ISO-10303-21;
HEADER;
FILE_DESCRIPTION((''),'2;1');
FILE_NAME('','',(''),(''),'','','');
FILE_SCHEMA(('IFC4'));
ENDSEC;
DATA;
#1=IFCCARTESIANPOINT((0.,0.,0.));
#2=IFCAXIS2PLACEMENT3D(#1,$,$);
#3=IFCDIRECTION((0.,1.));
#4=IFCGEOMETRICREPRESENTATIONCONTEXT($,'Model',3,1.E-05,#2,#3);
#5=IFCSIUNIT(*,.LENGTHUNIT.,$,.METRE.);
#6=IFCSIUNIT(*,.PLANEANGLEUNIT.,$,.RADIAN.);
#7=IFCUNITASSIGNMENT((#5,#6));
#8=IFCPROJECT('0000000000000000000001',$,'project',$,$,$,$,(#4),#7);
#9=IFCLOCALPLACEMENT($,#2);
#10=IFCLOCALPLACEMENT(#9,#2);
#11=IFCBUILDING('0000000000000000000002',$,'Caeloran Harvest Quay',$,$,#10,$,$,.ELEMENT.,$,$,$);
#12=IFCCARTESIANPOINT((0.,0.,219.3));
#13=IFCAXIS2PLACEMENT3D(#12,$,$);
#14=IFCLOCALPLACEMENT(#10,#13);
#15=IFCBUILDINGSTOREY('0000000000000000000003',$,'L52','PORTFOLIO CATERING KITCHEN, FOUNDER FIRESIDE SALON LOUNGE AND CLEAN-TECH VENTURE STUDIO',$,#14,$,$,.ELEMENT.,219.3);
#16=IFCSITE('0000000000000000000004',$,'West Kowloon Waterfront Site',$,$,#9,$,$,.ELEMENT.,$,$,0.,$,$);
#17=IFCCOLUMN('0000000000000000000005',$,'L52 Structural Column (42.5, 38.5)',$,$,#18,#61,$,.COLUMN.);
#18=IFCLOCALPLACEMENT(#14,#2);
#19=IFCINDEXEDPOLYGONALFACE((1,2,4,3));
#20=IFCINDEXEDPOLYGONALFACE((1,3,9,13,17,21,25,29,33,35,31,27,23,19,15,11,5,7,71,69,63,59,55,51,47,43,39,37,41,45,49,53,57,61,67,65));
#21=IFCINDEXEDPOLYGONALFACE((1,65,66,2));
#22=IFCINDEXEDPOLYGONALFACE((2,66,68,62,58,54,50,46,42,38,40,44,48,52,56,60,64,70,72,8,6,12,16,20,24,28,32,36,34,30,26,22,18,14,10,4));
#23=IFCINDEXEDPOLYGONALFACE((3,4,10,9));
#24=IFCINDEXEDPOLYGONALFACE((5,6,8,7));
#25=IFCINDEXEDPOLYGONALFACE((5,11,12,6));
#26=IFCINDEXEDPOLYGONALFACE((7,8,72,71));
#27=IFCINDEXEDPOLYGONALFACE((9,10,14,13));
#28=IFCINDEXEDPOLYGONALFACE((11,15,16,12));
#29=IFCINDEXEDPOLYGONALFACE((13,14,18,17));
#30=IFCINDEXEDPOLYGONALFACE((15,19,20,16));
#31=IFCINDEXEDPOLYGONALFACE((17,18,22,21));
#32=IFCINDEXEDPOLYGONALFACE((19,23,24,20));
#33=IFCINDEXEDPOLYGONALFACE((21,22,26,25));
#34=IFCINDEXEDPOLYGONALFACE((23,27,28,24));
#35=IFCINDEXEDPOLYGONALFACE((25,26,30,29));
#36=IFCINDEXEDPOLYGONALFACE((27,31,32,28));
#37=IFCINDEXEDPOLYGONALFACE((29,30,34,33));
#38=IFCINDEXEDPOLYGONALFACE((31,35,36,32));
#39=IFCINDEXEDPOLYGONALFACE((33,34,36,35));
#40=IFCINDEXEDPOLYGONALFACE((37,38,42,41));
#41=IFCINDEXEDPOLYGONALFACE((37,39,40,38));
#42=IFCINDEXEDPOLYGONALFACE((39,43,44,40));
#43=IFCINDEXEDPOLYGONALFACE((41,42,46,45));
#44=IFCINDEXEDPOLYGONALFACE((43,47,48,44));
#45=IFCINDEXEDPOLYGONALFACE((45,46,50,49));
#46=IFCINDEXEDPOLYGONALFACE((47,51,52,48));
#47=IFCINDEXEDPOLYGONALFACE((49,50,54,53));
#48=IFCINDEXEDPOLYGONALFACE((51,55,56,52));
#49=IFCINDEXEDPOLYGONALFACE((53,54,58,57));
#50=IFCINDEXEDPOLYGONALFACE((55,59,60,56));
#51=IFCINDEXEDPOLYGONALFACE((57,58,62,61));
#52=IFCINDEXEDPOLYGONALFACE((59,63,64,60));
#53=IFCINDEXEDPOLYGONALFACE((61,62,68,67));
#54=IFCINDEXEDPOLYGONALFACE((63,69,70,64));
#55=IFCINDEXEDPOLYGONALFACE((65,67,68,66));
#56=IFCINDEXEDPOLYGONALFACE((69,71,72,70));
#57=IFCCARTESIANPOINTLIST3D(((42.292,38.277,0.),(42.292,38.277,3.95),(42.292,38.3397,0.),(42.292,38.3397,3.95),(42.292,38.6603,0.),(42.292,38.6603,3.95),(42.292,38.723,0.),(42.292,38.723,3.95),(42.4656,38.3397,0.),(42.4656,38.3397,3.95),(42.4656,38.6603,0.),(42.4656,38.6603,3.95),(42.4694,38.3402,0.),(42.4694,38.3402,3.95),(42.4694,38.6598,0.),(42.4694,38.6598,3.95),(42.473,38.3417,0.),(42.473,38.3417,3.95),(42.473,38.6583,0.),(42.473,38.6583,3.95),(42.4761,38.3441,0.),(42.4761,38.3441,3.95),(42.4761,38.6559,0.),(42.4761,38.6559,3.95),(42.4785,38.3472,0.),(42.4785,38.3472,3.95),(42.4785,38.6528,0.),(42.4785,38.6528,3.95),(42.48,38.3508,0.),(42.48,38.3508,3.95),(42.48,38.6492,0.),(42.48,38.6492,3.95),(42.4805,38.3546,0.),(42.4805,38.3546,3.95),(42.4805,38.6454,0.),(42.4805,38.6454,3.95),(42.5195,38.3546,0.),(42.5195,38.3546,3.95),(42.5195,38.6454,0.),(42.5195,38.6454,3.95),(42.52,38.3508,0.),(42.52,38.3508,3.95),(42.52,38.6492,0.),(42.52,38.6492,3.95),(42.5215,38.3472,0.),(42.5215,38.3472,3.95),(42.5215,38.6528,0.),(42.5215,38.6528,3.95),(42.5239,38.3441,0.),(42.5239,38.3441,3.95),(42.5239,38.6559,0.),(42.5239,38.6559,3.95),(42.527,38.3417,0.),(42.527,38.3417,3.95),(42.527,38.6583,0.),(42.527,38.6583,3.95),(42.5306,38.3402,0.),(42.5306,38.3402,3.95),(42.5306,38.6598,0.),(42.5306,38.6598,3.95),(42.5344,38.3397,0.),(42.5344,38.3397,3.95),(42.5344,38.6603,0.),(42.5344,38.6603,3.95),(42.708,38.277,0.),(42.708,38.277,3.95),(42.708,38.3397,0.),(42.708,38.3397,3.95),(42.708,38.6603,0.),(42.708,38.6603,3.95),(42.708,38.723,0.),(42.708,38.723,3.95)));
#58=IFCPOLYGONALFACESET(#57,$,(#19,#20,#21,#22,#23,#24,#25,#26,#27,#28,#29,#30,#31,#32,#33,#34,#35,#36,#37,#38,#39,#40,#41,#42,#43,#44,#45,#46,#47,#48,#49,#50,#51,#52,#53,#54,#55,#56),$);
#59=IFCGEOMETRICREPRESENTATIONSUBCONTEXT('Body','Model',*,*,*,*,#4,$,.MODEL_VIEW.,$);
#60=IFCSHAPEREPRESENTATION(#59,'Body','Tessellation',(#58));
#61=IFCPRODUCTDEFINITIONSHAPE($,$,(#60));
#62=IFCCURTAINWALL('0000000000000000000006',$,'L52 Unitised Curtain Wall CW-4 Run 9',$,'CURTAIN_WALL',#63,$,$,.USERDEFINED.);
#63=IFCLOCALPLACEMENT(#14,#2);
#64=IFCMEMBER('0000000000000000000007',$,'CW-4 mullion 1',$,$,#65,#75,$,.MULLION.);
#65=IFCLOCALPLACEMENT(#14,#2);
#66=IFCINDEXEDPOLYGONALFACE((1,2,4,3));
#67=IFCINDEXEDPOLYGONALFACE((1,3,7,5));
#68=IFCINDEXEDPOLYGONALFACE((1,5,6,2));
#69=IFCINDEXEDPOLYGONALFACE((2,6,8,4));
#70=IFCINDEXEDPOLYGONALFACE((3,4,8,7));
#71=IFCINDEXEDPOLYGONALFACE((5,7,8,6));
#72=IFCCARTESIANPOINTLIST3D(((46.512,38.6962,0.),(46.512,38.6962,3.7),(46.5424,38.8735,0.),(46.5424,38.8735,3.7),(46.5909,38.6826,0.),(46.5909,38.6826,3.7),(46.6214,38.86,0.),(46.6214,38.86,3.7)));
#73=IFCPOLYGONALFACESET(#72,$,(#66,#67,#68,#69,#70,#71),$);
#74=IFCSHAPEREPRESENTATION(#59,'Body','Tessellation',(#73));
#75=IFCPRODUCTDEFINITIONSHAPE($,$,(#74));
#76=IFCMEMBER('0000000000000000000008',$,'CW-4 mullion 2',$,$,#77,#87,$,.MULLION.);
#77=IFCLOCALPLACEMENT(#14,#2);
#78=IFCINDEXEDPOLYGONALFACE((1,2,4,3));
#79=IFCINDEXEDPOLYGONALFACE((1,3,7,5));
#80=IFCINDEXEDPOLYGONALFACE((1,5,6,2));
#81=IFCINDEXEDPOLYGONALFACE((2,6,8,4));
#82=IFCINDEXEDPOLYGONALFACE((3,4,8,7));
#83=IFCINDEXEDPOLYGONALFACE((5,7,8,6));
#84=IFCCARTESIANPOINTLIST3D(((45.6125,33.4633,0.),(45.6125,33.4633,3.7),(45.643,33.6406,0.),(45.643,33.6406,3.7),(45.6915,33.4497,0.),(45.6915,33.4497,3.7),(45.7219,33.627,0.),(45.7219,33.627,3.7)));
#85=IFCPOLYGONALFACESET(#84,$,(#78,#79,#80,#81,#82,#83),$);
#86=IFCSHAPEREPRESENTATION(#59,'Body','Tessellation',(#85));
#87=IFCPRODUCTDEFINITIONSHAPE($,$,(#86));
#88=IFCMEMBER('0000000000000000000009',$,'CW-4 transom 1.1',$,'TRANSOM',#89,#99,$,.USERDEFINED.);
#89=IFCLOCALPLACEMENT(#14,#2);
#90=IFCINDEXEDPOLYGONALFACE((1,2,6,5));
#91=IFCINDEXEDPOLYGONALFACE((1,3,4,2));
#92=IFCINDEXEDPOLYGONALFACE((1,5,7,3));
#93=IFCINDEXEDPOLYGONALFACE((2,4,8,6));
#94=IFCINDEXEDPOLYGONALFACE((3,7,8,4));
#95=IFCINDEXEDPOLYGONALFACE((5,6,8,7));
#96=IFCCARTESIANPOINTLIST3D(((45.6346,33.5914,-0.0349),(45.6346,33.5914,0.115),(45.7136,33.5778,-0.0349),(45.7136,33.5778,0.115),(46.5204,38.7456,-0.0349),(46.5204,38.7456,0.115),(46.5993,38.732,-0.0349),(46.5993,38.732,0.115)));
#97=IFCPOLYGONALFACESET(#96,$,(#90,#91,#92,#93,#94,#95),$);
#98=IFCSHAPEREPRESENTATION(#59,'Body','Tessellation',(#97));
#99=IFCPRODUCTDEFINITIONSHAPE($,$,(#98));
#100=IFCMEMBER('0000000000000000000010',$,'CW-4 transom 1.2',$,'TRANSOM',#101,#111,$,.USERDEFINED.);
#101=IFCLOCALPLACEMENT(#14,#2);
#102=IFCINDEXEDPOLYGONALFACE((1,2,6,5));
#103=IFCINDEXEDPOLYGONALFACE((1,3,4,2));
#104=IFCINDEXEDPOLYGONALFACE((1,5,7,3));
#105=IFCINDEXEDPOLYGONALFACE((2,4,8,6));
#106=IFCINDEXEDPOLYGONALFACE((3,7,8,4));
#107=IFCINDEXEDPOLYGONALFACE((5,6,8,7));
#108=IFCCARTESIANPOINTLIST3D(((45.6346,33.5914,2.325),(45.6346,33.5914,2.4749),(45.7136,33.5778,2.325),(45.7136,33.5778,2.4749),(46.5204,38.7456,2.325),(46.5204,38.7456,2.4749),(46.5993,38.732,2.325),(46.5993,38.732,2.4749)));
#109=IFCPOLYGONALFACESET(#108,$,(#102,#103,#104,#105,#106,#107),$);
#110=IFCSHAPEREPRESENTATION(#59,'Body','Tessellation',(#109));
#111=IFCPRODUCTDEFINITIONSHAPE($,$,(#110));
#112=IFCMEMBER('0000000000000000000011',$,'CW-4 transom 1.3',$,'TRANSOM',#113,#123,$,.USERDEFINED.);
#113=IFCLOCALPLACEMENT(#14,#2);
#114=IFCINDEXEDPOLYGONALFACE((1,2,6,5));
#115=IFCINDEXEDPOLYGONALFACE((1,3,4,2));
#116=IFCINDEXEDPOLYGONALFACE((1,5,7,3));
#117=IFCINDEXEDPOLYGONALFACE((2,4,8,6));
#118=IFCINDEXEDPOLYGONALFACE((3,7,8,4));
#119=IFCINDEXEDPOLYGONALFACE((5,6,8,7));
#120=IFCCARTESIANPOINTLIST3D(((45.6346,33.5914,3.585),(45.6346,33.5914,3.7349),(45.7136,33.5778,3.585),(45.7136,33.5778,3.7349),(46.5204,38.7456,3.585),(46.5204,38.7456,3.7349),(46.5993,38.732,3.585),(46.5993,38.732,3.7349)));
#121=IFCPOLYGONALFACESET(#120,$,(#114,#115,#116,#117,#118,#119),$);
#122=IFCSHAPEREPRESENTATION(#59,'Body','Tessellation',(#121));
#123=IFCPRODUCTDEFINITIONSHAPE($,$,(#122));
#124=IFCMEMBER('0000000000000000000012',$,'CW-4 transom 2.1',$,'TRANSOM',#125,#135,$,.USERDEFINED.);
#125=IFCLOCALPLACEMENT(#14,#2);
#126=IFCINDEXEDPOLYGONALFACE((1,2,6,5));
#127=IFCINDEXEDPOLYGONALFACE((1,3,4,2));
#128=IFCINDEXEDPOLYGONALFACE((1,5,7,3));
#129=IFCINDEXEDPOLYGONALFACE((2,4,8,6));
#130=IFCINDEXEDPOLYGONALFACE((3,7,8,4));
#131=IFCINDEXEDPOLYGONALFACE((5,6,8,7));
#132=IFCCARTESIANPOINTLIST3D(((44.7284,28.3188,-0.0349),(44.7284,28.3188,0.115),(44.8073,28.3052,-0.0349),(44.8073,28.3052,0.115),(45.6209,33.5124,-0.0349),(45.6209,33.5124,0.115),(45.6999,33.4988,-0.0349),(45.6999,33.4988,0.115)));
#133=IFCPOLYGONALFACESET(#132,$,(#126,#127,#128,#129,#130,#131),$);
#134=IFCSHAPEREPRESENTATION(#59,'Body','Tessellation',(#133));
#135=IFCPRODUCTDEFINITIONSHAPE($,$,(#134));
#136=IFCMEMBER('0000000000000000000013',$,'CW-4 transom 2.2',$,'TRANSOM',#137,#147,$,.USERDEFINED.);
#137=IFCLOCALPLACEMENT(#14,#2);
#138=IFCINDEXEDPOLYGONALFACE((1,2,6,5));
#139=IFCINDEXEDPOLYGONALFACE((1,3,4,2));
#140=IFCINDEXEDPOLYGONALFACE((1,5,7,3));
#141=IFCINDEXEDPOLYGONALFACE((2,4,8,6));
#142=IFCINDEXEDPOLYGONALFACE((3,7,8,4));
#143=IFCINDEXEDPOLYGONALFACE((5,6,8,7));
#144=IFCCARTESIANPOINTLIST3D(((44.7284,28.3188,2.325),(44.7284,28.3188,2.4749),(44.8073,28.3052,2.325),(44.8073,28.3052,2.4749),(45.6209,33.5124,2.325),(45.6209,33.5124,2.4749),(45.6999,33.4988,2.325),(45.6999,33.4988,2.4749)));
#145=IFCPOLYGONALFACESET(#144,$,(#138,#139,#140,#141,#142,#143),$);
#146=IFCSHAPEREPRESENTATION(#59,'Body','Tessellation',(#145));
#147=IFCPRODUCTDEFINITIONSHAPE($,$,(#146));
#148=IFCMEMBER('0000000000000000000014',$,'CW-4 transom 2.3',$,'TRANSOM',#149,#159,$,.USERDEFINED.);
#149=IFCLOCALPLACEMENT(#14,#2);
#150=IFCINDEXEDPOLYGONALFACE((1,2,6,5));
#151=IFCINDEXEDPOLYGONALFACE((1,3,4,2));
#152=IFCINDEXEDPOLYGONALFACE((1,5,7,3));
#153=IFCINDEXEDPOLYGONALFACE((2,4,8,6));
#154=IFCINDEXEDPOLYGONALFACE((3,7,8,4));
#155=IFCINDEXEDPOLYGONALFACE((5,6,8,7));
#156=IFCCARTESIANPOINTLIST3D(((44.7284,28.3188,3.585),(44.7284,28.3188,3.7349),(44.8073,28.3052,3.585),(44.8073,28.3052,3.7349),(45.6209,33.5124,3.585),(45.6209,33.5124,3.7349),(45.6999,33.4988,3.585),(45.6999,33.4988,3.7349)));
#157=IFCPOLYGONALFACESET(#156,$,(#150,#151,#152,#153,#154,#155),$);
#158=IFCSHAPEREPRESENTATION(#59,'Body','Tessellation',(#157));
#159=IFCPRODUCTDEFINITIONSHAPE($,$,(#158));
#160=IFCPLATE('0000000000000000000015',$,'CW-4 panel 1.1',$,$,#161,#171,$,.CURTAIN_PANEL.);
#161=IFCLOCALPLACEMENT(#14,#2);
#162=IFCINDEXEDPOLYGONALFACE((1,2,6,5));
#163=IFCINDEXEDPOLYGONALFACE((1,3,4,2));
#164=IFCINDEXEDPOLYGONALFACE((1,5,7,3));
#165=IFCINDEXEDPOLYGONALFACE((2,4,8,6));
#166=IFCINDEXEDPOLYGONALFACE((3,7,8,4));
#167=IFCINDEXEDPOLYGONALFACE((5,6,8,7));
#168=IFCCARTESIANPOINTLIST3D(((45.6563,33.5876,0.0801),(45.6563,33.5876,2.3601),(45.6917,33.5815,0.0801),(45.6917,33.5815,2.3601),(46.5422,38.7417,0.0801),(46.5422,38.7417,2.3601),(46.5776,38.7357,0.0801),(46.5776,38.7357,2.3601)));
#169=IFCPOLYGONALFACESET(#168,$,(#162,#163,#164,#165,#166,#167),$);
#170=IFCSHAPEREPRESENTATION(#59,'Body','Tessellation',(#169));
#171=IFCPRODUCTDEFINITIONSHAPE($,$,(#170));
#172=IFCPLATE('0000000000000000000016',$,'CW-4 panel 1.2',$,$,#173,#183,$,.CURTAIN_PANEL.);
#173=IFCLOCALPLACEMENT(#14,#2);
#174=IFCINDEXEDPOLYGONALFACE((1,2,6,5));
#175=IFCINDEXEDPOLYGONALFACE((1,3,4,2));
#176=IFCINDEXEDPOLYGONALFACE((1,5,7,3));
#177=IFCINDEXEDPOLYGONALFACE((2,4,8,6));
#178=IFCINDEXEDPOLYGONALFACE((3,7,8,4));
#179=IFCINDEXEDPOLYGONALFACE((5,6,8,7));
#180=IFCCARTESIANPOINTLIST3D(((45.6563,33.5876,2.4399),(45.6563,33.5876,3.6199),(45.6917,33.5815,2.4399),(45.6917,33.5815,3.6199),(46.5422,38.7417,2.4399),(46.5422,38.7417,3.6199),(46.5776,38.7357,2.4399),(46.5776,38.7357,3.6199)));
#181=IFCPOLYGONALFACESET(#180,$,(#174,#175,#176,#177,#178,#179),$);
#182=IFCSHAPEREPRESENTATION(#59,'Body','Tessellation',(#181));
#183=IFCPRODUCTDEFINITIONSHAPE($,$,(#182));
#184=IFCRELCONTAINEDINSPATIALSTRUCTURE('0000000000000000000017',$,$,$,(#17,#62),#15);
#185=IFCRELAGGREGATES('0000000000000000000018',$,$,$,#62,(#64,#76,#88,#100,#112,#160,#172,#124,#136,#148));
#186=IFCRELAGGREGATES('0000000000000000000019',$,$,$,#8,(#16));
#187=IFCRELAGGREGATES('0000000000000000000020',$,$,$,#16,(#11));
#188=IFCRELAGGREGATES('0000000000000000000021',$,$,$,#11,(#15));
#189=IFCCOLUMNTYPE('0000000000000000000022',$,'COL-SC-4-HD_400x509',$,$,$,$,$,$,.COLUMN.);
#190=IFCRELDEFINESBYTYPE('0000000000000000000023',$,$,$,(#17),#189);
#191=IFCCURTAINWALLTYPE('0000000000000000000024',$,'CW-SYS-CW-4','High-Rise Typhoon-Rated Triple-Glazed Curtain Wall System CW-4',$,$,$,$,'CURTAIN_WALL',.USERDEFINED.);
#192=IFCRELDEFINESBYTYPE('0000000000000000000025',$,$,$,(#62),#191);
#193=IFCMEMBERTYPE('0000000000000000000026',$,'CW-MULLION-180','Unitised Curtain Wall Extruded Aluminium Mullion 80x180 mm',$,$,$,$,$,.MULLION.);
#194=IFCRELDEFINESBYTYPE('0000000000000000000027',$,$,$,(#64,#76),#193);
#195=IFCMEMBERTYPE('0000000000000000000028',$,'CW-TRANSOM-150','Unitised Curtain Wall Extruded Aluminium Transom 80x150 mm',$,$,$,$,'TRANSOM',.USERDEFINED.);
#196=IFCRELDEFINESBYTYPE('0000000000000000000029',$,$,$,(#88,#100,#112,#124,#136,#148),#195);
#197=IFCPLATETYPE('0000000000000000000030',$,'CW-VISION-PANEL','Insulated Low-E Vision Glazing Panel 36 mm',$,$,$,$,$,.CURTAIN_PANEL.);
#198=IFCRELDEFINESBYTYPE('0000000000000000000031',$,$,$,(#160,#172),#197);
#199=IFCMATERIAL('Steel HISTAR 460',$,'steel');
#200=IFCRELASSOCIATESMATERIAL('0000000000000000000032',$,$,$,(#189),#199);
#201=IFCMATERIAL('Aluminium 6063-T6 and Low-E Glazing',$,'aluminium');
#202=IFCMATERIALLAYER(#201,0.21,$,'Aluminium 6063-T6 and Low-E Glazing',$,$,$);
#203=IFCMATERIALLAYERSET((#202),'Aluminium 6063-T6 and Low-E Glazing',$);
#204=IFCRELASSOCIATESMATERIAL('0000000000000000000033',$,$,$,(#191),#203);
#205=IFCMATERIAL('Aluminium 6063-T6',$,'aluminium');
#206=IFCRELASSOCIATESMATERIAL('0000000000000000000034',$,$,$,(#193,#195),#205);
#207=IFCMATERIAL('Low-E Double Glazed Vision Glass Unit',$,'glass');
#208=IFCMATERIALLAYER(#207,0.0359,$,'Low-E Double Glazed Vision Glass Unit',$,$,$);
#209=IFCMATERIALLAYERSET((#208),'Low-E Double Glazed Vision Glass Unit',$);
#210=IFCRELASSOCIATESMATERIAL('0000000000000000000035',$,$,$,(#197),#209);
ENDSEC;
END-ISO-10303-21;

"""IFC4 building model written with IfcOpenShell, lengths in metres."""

from ifc_helpers import new_model, si_unit, direction, frame, origin, origin_2d, place, context, subcontext, project, spatial, rectangle, i_section, extrude, material, layer, layer_set, material_profile, profile_set, type_object, element, aggregate, save


model = new_model("IFC4")

# Units and contexts
model_context = context("Model", 3, precision=1e-05, world=origin(), true_north=direction((0.0, 1.0)))
body_context = subcontext(model_context, "Body", "Model", "MODEL_VIEW")
ifc_project = project(units=[si_unit("LENGTHUNIT", "METRE"), si_unit("PLANEANGLEUNIT", "RADIAN")], contexts=[model_context])

# Site, building, storey
site_placement = place(None, origin())
site = spatial("IfcSite", under=ifc_project, at=site_placement, Name="West Kowloon Waterfront Site", CompositionType="ELEMENT", RefElevation=0.0)
building_placement = place(site_placement, origin())
building = spatial("IfcBuilding", under=site, at=building_placement, Name="Caeloran Harvest Quay", CompositionType="ELEMENT")
storey_placement = place(building_placement, frame((0.0, 0.0, 219.3)))
storey = spatial("IfcBuildingStorey", under=building, at=storey_placement, Name="L52", Description="PORTFOLIO CATERING KITCHEN, FOUNDER FIRESIDE SALON LOUNGE AND CLEAN-TECH VENTURE STUDIO", CompositionType="ELEMENT", Elevation=219.3)

# Column
ifc_material_1 = material(Name="Steel HISTAR 460", Category="steel")
ifc_material_profile_1 = material_profile(ifc_material_1, i_section(OverallWidth=0.416, OverallDepth=0.446, WebThickness=0.0391, FlangeThickness=0.0627, FilletRadius=0.0149, at=origin_2d()), Name="HD 400x509")
ifc_profile_set_1 = profile_set([ifc_material_profile_1], Name="Steel HISTAR 460")
column_type = type_object("IfcColumnType", Name="COL-SC-4-HD_400x509", PredefinedType="COLUMN", material=ifc_profile_set_1)
column_placement = place(storey_placement, frame((42.5, 38.5, 0.0), z_axis=(0.0, 0.0, 1.0), x_axis=(1.0, 0.0, 0.0)))
element("IfcColumn", 1, at=column_placement, inside=storey, type_object=column_type, Name="L52 Structural Column (42.5, 38.5)", PredefinedType="COLUMN", context=body_context, shape_type="SweptSolid", body=[
    extrude(i_section(OverallWidth=0.416, OverallDepth=0.446, WebThickness=0.0391, FlangeThickness=0.0627, FilletRadius=0.0149, at=origin_2d()), origin(), (0.0, 0.0, 1.0), 3.95),
])

# Curtain wall, members, plates
ifc_material_2 = material(Name="Aluminium 6063-T6 and Low-E Glazing", Category="aluminium")
ifc_layer_1 = layer(ifc_material_2, 0.21, Name="Aluminium 6063-T6 and Low-E Glazing")
ifc_layer_set_1 = layer_set([ifc_layer_1], Name="Aluminium 6063-T6 and Low-E Glazing")
curtain_wall_type = type_object("IfcCurtainWallType", Name="CW-SYS-CW-4", Description="High-Rise Typhoon-Rated Triple-Glazed Curtain Wall System CW-4", ElementType="CURTAIN_WALL", PredefinedType="USERDEFINED", material=ifc_layer_set_1)
curtain_wall_placement = place(storey_placement, origin())
curtain_wall = element("IfcCurtainWall", 2, at=curtain_wall_placement, inside=storey, type_object=curtain_wall_type, Name="L52 Unitised Curtain Wall CW-4 Run 9", ObjectType="CURTAIN_WALL", PredefinedType="USERDEFINED")
ifc_material_3 = material(Name="Aluminium 6063-T6", Category="aluminium")
ifc_material_profile_2 = material_profile(ifc_material_3, rectangle(XDim=0.0801, YDim=0.1799, at=origin_2d()), Name="CW-MULLION-180")
ifc_profile_set_2 = profile_set([ifc_material_profile_2], Name="Aluminium 6063-T6")
member_type_1 = type_object("IfcMemberType", Name="CW-MULLION-180", Description="Unitised Curtain Wall Extruded Aluminium Mullion 80x180 mm", PredefinedType="MULLION", material=ifc_profile_set_2)
member_1_placement = place(storey_placement, frame((46.5667, 38.7781, 0.0), z_axis=(0.0, 0.0, 1.0), x_axis=(0.985549, -0.169391, 0.0)))
member_1 = element("IfcMember", 3, at=member_1_placement, type_object=member_type_1, Name="CW-4 mullion 1", PredefinedType="MULLION", context=body_context, shape_type="SweptSolid", body=[
    extrude(rectangle(XDim=0.0801, YDim=0.1799, at=origin_2d()), origin(), (0.0, 0.0, 1.0), 3.7),
])
member_2_placement = place(storey_placement, frame((45.6672, 33.5452, 0.0), z_axis=(0.0, 0.0, 1.0), x_axis=(0.985549, -0.169391, 0.0)))
member_2 = element("IfcMember", 4, at=member_2_placement, type_object=member_type_1, Name="CW-4 mullion 2", PredefinedType="MULLION", context=body_context, shape_type="SweptSolid", body=[
    extrude(rectangle(XDim=0.0801, YDim=0.1799, at=origin_2d()), origin(), (0.0, 0.0, 1.0), 3.7),
])
ifc_material_profile_3 = material_profile(ifc_material_3, rectangle(XDim=0.0801, YDim=0.1499, at=origin_2d()), Name="CW-TRANSOM-150")
ifc_profile_set_3 = profile_set([ifc_material_profile_3], Name="Aluminium 6063-T6")
member_type_2 = type_object("IfcMemberType", Name="CW-TRANSOM-150", Description="Unitised Curtain Wall Extruded Aluminium Transom 80x150 mm", ElementType="TRANSOM", PredefinedType="USERDEFINED", material=ifc_profile_set_3)
member_3_placement = place(storey_placement, frame((46.5598, 38.7388, 0.04), z_axis=(-0.169363, -0.985554, 0.0), x_axis=(0.985554, -0.169363, 0.0)))
member_3 = element("IfcMember", 5, at=member_3_placement, type_object=member_type_2, Name="CW-4 transom 1.1", ObjectType="TRANSOM", PredefinedType="USERDEFINED", context=body_context, shape_type="SweptSolid", body=[
    extrude(rectangle(XDim=0.0801, YDim=0.1499, at=origin_2d()), origin(), (0.0, 0.0, 1.0), 5.2297),
])
member_4_placement = place(storey_placement, frame((46.5598, 38.7388, 2.3999), z_axis=(-0.169363, -0.985554, 0.0), x_axis=(0.985554, -0.169363, 0.0)))
member_4 = element("IfcMember", 6, at=member_4_placement, type_object=member_type_2, Name="CW-4 transom 1.2", ObjectType="TRANSOM", PredefinedType="USERDEFINED", context=body_context, shape_type="SweptSolid", body=[
    extrude(rectangle(XDim=0.0801, YDim=0.1499, at=origin_2d()), origin(), (0.0, 0.0, 1.0), 5.2297),
])
member_5_placement = place(storey_placement, frame((46.5598, 38.7388, 3.6599), z_axis=(-0.169363, -0.985554, 0.0), x_axis=(0.985554, -0.169363, 0.0)))
member_5 = element("IfcMember", 7, at=member_5_placement, type_object=member_type_2, Name="CW-4 transom 1.3", ObjectType="TRANSOM", PredefinedType="USERDEFINED", context=body_context, shape_type="SweptSolid", body=[
    extrude(rectangle(XDim=0.0801, YDim=0.1499, at=origin_2d()), origin(), (0.0, 0.0, 1.0), 5.2297),
])
member_6_placement = place(storey_placement, frame((45.6604, 33.5056, 0.04), z_axis=(-0.169378, -0.985551, 0.0), x_axis=(0.985551, -0.169378, 0.0)))
member_6 = element("IfcMember", 8, at=member_6_placement, type_object=member_type_2, Name="CW-4 transom 2.1", ObjectType="TRANSOM", PredefinedType="USERDEFINED", context=body_context, shape_type="SweptSolid", body=[
    extrude(rectangle(XDim=0.0801, YDim=0.1499, at=origin_2d()), origin(), (0.0, 0.0, 1.0), 5.2698),
])
member_7_placement = place(storey_placement, frame((45.6604, 33.5056, 2.3999), z_axis=(-0.169378, -0.985551, 0.0), x_axis=(0.985551, -0.169378, 0.0)))
member_7 = element("IfcMember", 9, at=member_7_placement, type_object=member_type_2, Name="CW-4 transom 2.2", ObjectType="TRANSOM", PredefinedType="USERDEFINED", context=body_context, shape_type="SweptSolid", body=[
    extrude(rectangle(XDim=0.0801, YDim=0.1499, at=origin_2d()), origin(), (0.0, 0.0, 1.0), 5.2698),
])
member_8_placement = place(storey_placement, frame((45.6604, 33.5056, 3.6599), z_axis=(-0.169378, -0.985551, 0.0), x_axis=(0.985551, -0.169378, 0.0)))
member_8 = element("IfcMember", 10, at=member_8_placement, type_object=member_type_2, Name="CW-4 transom 2.3", ObjectType="TRANSOM", PredefinedType="USERDEFINED", context=body_context, shape_type="SweptSolid", body=[
    extrude(rectangle(XDim=0.0801, YDim=0.1499, at=origin_2d()), origin(), (0.0, 0.0, 1.0), 5.2698),
])
ifc_material_4 = material(Name="Low-E Double Glazed Vision Glass Unit", Category="glass")
ifc_layer_2 = layer(ifc_material_4, 0.0359, Name="Low-E Double Glazed Vision Glass Unit")
ifc_layer_set_2 = layer_set([ifc_layer_2], Name="Low-E Double Glazed Vision Glass Unit")
plate_type = type_object("IfcPlateType", Name="CW-VISION-PANEL", Description="Insulated Low-E Vision Glazing Panel 36 mm", PredefinedType="CURTAIN_PANEL", material=ifc_layer_set_2)
plate_1_placement = place(storey_placement, frame((46.1169, 36.1616, 0.0801), z_axis=(0.0, 0.0, 1.0), x_axis=(-0.169391, -0.985549, 0.0)))
plate_1 = element("IfcPlate", 11, at=plate_1_placement, type_object=plate_type, Name="CW-4 panel 1.1", PredefinedType="CURTAIN_PANEL", context=body_context, shape_type="SweptSolid", body=[
    extrude(rectangle(XDim=5.2297, YDim=0.0359, at=origin_2d()), origin(), (0.0, 0.0, 1.0), 2.28),
])
plate_2_placement = place(storey_placement, frame((46.1169, 36.1616, 2.4399), z_axis=(0.0, 0.0, 1.0), x_axis=(-0.169391, -0.985549, 0.0)))
plate_2 = element("IfcPlate", 12, at=plate_2_placement, type_object=plate_type, Name="CW-4 panel 1.2", PredefinedType="CURTAIN_PANEL", context=body_context, shape_type="SweptSolid", body=[
    extrude(rectangle(XDim=5.2297, YDim=0.0359, at=origin_2d()), origin(), (0.0, 0.0, 1.0), 1.1799),
])
aggregate(curtain_wall, [member_1, member_2, member_3, member_4, member_5, plate_1, plate_2, member_6, member_7, member_8])

save(model, "model.ifc")
